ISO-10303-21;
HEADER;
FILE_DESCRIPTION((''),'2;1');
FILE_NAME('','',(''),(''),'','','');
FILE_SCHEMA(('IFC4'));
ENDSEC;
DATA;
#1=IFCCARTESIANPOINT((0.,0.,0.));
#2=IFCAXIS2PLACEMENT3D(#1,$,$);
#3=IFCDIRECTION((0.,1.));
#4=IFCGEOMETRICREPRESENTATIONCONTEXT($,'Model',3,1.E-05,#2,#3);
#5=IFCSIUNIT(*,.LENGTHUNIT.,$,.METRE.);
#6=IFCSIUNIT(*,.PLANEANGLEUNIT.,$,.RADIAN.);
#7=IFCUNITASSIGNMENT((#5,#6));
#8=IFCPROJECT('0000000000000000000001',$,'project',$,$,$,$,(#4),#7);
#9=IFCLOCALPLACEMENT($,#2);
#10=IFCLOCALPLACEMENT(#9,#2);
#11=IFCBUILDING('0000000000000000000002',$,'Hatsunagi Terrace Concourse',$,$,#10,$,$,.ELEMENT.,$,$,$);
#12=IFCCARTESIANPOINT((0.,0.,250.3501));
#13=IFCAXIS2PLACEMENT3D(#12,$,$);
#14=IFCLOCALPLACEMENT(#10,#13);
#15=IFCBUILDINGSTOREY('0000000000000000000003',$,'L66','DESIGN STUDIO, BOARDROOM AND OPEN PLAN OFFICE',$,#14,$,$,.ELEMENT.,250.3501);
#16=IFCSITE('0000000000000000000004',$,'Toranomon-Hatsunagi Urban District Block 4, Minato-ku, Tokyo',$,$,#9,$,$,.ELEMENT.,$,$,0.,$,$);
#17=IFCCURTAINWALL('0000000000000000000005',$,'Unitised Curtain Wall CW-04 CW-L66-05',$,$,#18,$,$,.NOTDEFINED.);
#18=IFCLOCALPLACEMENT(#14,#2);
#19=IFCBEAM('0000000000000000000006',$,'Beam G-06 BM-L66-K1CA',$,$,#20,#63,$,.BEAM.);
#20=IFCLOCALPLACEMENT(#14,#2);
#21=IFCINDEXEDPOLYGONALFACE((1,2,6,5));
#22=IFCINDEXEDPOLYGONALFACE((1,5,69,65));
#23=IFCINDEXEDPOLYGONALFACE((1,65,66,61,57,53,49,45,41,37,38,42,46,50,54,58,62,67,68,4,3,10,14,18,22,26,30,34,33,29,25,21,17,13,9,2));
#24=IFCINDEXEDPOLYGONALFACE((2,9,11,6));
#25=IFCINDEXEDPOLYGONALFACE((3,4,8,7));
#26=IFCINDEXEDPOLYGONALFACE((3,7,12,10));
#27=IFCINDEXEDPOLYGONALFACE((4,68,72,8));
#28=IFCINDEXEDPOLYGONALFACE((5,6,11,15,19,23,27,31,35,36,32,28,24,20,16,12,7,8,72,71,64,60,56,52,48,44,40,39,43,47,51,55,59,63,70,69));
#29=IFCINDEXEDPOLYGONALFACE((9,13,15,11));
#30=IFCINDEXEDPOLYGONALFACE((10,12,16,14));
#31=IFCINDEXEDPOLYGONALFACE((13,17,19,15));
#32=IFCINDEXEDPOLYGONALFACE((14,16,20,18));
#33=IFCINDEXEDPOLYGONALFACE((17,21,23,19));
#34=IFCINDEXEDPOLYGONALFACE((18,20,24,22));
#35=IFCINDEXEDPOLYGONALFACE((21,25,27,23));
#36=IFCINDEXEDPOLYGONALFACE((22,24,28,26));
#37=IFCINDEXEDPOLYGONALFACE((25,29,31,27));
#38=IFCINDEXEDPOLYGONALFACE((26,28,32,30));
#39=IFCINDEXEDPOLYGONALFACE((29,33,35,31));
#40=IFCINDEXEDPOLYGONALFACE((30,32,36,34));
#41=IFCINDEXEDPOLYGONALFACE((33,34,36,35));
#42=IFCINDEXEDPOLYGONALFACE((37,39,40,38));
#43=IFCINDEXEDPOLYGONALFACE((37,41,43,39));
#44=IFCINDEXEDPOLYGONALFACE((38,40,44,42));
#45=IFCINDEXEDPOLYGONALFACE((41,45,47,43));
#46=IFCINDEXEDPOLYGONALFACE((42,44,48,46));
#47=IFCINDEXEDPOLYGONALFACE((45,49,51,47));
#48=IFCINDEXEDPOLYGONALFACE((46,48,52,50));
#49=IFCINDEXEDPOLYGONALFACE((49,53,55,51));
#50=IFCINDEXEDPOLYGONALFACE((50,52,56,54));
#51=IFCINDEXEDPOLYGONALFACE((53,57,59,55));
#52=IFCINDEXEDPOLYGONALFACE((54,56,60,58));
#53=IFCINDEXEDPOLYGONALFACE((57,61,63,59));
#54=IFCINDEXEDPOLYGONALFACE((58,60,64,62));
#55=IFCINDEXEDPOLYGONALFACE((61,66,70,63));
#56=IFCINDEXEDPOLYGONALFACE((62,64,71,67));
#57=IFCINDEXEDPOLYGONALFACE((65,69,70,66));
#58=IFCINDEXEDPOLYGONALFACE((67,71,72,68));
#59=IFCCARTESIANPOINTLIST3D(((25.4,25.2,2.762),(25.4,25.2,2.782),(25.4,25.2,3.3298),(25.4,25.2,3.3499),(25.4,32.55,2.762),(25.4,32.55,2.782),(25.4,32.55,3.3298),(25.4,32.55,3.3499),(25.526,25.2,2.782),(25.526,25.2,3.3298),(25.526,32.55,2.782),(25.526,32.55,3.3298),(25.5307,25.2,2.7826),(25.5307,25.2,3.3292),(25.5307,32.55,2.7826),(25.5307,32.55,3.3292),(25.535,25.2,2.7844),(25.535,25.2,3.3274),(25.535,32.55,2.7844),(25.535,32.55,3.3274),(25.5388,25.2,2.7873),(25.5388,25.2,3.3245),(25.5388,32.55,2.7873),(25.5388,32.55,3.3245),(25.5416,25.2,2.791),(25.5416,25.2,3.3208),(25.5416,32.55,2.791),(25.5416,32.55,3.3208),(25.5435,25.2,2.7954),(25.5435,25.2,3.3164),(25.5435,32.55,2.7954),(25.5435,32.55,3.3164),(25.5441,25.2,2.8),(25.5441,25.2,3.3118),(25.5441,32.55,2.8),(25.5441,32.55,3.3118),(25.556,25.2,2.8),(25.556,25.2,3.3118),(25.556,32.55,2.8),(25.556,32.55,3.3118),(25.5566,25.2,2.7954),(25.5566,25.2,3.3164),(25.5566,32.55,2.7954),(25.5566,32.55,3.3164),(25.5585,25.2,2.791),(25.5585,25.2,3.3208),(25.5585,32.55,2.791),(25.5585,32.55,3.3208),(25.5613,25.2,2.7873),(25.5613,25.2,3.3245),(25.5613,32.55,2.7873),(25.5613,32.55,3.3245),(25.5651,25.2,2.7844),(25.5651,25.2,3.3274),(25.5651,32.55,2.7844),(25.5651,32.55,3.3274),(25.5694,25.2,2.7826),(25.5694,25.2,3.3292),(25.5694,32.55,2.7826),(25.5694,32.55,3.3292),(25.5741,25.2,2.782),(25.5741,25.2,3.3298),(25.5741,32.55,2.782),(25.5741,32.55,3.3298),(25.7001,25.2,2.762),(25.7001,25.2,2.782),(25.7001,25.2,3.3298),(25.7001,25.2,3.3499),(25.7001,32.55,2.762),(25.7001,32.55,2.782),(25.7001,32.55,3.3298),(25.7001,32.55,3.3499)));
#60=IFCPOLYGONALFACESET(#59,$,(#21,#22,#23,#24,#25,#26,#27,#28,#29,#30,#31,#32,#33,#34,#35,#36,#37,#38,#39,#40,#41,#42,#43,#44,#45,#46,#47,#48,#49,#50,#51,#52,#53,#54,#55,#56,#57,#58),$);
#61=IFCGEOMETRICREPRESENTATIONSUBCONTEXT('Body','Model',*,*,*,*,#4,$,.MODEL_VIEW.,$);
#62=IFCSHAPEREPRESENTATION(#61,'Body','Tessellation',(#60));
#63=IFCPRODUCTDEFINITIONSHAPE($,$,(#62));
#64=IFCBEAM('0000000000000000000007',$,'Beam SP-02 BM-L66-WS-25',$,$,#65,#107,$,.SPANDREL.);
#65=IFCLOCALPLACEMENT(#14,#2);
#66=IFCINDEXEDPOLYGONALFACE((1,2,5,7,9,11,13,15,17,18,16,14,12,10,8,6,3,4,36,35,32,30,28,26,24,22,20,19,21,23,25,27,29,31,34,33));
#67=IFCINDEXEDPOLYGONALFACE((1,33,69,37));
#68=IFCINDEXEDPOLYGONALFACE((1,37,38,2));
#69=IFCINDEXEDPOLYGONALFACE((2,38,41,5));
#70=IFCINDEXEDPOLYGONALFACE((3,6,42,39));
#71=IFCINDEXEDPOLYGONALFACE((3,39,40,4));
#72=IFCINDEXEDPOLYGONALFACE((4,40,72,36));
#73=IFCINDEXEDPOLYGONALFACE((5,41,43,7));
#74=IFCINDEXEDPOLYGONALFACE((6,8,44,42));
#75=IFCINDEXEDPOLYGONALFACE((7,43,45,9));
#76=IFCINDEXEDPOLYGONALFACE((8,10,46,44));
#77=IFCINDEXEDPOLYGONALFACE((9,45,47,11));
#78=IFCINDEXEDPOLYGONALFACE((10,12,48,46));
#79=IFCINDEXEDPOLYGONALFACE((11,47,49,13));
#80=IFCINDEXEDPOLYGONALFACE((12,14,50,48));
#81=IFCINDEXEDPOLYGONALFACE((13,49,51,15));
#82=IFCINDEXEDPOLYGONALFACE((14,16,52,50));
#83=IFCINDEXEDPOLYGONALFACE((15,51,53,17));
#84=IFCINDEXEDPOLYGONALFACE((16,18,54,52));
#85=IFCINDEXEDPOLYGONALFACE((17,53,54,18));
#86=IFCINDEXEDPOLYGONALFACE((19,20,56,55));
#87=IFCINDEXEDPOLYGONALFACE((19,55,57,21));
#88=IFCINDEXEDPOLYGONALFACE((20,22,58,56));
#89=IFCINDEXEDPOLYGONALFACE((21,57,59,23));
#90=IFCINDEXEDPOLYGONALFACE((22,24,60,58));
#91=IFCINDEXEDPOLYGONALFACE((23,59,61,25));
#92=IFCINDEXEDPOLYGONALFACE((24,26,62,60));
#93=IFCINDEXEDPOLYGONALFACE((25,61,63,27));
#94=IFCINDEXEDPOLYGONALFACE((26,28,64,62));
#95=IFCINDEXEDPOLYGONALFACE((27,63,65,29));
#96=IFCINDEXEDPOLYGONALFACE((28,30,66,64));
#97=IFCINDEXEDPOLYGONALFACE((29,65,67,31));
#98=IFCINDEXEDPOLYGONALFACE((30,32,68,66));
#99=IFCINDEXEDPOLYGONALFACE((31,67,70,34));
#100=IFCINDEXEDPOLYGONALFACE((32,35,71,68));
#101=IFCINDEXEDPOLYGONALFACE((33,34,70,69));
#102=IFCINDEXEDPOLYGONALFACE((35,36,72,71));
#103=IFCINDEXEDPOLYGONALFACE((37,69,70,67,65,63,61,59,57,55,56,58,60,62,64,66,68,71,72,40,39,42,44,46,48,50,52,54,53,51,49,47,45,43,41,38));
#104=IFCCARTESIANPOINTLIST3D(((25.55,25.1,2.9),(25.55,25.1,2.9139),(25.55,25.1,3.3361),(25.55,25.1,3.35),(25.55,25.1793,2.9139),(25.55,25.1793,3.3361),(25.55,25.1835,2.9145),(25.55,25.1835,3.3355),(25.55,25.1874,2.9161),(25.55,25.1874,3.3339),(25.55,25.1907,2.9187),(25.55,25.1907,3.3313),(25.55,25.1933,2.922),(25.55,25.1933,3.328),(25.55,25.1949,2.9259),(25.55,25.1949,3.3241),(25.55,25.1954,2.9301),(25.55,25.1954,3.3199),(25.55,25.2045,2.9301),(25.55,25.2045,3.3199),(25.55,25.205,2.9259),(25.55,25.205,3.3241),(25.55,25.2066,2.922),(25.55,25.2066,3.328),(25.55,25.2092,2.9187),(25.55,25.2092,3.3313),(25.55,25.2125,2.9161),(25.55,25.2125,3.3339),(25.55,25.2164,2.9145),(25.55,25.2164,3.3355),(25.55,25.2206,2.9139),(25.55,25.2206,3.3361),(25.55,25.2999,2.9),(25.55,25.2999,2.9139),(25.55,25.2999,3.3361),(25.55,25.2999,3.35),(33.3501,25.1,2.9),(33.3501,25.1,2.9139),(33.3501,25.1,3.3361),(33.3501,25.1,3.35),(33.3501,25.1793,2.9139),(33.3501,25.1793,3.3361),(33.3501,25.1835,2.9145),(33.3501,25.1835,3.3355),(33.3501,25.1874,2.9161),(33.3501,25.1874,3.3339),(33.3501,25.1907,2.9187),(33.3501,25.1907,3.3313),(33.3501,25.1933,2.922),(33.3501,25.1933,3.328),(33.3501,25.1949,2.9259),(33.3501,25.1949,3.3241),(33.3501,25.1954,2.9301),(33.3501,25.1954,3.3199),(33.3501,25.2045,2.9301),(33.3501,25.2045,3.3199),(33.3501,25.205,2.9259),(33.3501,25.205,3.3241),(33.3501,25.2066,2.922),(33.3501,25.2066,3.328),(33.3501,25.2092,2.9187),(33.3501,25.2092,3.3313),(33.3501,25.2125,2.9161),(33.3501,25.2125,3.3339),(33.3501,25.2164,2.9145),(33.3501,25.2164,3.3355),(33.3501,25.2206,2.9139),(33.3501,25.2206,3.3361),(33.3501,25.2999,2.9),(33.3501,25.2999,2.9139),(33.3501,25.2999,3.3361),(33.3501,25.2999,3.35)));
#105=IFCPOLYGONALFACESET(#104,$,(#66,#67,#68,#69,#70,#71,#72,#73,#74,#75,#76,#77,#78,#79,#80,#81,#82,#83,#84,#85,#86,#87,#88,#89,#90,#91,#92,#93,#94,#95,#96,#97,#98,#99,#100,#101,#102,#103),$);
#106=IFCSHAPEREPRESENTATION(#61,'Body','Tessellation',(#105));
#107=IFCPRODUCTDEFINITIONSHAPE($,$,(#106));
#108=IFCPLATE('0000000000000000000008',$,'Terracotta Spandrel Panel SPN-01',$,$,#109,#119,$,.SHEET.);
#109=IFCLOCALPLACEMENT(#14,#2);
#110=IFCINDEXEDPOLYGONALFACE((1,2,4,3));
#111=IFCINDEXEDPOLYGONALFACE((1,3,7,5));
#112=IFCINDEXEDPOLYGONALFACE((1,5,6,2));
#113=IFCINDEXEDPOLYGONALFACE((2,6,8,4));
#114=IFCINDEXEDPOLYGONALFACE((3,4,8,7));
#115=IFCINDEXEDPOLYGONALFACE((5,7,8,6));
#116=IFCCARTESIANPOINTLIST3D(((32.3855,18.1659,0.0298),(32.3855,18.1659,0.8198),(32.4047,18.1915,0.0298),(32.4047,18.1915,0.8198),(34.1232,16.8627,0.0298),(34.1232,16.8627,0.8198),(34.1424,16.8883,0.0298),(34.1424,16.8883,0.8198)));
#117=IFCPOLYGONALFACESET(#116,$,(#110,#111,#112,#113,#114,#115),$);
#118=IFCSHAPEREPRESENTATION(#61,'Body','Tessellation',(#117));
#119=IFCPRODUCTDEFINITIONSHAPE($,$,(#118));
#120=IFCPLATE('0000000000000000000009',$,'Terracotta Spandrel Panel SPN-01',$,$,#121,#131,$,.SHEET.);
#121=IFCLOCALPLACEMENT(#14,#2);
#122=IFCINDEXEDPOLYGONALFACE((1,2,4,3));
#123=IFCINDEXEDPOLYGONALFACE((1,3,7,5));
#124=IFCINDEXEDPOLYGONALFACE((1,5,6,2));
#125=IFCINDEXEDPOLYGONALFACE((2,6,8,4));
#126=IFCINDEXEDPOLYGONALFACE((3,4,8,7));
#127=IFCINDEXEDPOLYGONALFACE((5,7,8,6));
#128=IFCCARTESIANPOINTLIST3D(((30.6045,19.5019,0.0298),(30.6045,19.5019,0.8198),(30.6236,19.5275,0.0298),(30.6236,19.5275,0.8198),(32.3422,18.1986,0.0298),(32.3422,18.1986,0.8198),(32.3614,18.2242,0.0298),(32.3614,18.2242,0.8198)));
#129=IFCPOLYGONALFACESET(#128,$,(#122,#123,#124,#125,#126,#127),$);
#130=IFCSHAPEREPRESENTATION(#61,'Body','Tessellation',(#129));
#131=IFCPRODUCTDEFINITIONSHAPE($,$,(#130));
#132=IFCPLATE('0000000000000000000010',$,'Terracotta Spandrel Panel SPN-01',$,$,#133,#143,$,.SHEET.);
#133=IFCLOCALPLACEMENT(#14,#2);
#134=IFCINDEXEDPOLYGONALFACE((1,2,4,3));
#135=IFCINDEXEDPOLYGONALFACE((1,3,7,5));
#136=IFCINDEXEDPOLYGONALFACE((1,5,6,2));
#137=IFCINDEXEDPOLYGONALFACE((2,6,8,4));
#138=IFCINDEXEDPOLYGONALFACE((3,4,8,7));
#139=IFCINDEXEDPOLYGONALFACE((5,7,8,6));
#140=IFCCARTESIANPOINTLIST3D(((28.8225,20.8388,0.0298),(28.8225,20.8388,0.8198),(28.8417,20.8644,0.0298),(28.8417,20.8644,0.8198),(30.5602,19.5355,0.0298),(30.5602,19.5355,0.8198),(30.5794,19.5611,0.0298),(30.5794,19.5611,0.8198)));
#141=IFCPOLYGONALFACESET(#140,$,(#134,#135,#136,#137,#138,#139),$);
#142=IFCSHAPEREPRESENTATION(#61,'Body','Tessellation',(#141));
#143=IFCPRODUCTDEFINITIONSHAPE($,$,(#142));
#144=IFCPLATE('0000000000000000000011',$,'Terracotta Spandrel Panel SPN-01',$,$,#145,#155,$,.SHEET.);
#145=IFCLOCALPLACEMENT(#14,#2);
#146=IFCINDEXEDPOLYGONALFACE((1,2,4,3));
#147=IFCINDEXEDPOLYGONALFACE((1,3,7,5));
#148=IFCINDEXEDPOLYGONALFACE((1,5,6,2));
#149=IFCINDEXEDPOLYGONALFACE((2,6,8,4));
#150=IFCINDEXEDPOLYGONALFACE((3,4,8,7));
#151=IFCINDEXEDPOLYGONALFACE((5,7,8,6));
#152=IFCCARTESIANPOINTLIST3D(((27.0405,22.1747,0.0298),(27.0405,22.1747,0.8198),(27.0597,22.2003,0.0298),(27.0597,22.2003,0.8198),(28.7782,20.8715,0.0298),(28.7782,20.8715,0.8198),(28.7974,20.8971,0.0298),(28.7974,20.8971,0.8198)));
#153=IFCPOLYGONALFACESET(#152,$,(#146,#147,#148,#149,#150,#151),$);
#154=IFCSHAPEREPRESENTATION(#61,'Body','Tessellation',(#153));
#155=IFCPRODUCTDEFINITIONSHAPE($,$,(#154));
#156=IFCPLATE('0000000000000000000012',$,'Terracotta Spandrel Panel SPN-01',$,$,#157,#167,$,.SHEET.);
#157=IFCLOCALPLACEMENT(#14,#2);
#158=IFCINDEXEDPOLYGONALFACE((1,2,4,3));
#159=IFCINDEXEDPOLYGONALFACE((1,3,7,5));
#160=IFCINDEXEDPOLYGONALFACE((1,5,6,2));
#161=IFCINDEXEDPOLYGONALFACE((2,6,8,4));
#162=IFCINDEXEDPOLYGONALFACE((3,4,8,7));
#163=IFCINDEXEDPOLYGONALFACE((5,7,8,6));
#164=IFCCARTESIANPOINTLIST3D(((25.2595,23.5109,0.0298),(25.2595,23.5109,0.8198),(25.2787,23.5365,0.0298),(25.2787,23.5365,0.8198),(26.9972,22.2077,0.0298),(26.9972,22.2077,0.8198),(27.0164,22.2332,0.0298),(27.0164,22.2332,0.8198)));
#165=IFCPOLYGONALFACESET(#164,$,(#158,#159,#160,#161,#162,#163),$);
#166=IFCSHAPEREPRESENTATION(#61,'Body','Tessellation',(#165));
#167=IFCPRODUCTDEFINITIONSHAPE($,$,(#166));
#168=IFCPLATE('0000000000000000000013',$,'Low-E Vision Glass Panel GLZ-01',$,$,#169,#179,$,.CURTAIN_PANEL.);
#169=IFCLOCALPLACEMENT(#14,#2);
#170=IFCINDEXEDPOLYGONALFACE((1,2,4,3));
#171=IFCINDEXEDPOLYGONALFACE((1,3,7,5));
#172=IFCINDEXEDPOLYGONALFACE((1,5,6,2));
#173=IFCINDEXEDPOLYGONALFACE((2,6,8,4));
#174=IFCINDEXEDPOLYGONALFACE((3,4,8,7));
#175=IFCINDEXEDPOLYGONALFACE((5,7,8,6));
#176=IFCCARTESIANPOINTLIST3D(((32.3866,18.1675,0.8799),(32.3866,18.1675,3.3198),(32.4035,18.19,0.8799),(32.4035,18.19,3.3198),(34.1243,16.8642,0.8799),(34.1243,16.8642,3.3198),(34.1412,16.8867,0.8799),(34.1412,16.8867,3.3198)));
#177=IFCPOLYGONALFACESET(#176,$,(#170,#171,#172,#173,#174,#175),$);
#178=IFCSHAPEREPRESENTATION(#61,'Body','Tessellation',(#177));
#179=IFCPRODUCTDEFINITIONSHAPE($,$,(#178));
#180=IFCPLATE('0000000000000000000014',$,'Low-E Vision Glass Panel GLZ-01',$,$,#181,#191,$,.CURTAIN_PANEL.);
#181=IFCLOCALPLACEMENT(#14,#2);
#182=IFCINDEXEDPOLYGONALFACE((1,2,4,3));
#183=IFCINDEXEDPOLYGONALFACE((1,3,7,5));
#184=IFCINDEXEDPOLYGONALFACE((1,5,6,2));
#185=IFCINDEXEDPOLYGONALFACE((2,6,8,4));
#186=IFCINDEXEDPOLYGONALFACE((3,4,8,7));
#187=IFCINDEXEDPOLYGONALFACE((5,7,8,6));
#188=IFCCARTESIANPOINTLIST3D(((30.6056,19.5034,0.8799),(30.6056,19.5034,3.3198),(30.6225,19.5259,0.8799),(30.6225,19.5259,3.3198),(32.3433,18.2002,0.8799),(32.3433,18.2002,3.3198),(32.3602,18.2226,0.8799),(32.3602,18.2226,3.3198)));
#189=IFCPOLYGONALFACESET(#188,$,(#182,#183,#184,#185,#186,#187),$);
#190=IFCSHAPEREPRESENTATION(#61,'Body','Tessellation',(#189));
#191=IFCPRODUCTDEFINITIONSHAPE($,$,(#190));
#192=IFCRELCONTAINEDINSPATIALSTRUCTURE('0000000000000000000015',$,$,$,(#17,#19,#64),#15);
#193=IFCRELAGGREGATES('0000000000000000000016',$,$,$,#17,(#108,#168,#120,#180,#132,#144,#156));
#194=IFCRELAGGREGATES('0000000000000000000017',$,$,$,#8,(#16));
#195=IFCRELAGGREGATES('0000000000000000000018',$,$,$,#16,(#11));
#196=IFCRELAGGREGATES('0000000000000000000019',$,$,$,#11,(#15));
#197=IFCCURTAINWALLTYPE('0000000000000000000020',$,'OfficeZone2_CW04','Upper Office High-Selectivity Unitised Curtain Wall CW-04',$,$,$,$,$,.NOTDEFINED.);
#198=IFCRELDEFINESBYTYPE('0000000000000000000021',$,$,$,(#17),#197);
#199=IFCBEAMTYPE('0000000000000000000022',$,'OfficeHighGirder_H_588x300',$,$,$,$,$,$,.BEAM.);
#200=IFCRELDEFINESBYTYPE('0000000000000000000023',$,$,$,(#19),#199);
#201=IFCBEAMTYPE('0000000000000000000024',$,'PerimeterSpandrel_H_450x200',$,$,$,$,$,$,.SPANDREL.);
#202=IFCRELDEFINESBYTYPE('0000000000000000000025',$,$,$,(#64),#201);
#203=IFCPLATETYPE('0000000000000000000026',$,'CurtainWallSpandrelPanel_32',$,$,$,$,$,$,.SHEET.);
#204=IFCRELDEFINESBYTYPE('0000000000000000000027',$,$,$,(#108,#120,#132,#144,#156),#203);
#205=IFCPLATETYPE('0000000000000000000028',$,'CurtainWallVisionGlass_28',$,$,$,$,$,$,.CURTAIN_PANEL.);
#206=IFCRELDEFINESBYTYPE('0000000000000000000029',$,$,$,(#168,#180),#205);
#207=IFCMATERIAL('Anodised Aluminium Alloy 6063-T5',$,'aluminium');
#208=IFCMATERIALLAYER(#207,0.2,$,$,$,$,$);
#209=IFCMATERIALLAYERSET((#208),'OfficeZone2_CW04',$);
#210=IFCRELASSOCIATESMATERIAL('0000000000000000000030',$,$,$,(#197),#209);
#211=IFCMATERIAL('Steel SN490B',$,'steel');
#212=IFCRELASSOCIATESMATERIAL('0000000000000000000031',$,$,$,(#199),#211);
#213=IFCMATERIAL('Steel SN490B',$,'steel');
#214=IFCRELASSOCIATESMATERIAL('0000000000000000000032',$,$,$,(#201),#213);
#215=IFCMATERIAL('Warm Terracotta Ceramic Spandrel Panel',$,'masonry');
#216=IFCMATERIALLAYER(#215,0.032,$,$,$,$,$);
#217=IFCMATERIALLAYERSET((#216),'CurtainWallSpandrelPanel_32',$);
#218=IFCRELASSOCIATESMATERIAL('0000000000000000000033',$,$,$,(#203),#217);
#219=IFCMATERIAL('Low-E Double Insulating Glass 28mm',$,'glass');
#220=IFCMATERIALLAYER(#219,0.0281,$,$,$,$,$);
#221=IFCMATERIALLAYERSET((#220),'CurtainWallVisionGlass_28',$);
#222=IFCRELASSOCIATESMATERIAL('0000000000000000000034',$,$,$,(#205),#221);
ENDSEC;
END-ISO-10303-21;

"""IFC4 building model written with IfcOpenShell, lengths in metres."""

from ifc_helpers import new_model, si_unit, direction, frame, origin, origin_2d, place, context, subcontext, project, spatial, rectangle, i_section, extrude, material, layer, layer_set, material_profile, profile_set, type_object, element, aggregate, save


model = new_model("IFC4")

# Units and contexts
model_context = context("Model", 3, precision=1e-05, world=origin(), true_north=direction((0.0, 1.0)))
body_context = subcontext(model_context, "Body", "Model", "MODEL_VIEW")
ifc_project = project(units=[si_unit("LENGTHUNIT", "METRE"), si_unit("PLANEANGLEUNIT", "RADIAN")], contexts=[model_context])

# Site, building, storey
site_placement = place(None, origin())
site = spatial("IfcSite", under=ifc_project, at=site_placement, Name="Toranomon-Hatsunagi Urban District Block 4, Minato-ku, Tokyo", CompositionType="ELEMENT", RefElevation=0.0)
building_placement = place(site_placement, origin())
building = spatial("IfcBuilding", under=site, at=building_placement, Name="Hatsunagi Terrace Concourse", CompositionType="ELEMENT")
storey_placement = place(building_placement, frame((0.0, 0.0, 250.3501)))
storey = spatial("IfcBuildingStorey", under=building, at=storey_placement, Name="L66", Description="DESIGN STUDIO, BOARDROOM AND OPEN PLAN OFFICE", CompositionType="ELEMENT", Elevation=250.3501)

# Curtain wall
ifc_material_1 = material(Name="Anodised Aluminium Alloy 6063-T5", Category="aluminium")
ifc_layer_1 = layer(ifc_material_1, 0.2)
ifc_layer_set_1 = layer_set([ifc_layer_1], Name="OfficeZone2_CW04")
curtain_wall_type = type_object("IfcCurtainWallType", Name="OfficeZone2_CW04", Description="Upper Office High-Selectivity Unitised Curtain Wall CW-04", PredefinedType="NOTDEFINED", material=ifc_layer_set_1)
curtain_wall_1_placement = place(storey_placement, origin())
curtain_wall_1 = element("IfcCurtainWall", 1, at=curtain_wall_1_placement, inside=storey, type_object=curtain_wall_type, Name="Unitised Curtain Wall CW-04 CW-L66-05", PredefinedType="NOTDEFINED")

# Beams
ifc_material_2 = material(Name="Steel SN490B", Category="steel")
ifc_material_profile_1 = material_profile(ifc_material_2, i_section(OverallWidth=0.3, OverallDepth=0.5879, WebThickness=0.012, FlangeThickness=0.02, FilletRadius=0.0181, at=origin_2d()), Name="H-588x300x12x20")
ifc_profile_set_1 = profile_set([ifc_material_profile_1], Name="Steel SN490B")
beam_type_1 = type_object("IfcBeamType", Name="OfficeHighGirder_H_588x300", PredefinedType="BEAM", material=ifc_profile_set_1)
beam_1_placement = place(storey_placement, frame((25.55, 25.2, 3.0559), z_axis=(0.0, 1.0, 0.0), x_axis=(-1.0, 0.0, 0.0)))
element("IfcBeam", 2, at=beam_1_placement, inside=storey, type_object=beam_type_1, Name="Beam G-06 BM-L66-K1CA", PredefinedType="BEAM", context=body_context, shape_type="SweptSolid", body=[
    extrude(i_section(OverallWidth=0.3, OverallDepth=0.5879, WebThickness=0.012, FlangeThickness=0.02, FilletRadius=0.0181, at=origin_2d()), origin(), (0.0, 0.0, 1.0), 7.3501),
])
ifc_material_3 = material(Name="Steel SN490B", Category="steel")
ifc_material_profile_2 = material_profile(ifc_material_3, i_section(OverallWidth=0.2, OverallDepth=0.45, WebThickness=0.009, FlangeThickness=0.0139, FilletRadius=0.0161, at=origin_2d()), Name="H-450x200x9x14")
ifc_profile_set_2 = profile_set([ifc_material_profile_2], Name="Steel SN490B")
beam_type_2 = type_object("IfcBeamType", Name="PerimeterSpandrel_H_450x200", PredefinedType="SPANDREL", material=ifc_profile_set_2)
beam_2_placement = place(storey_placement, frame((25.55, 25.2, 3.125), z_axis=(1.0, 0.0, 0.0), x_axis=(0.0, 1.0, 0.0)))
element("IfcBeam", 3, at=beam_2_placement, inside=storey, type_object=beam_type_2, Name="Beam SP-02 BM-L66-WS-25", PredefinedType="SPANDREL", context=body_context, shape_type="SweptSolid", body=[
    extrude(i_section(OverallWidth=0.2, OverallDepth=0.45, WebThickness=0.009, FlangeThickness=0.0139, FilletRadius=0.0161, at=origin_2d()), origin(), (0.0, 0.0, 1.0), 7.8),
])

# Plates
ifc_material_4 = material(Name="Warm Terracotta Ceramic Spandrel Panel", Category="masonry")
ifc_layer_2 = layer(ifc_material_4, 0.032)
ifc_layer_set_2 = layer_set([ifc_layer_2], Name="CurtainWallSpandrelPanel_32")
plate_type_1 = type_object("IfcPlateType", Name="CurtainWallSpandrelPanel_32", PredefinedType="SHEET", material=ifc_layer_set_2)
plate_1_placement = place(storey_placement, frame((33.2639, 17.5271, 0.0298), z_axis=(0.0, 0.0, 1.0), x_axis=(-0.800007, 0.59999, 0.0)))
plate_1 = element("IfcPlate", 4, at=plate_1_placement, type_object=plate_type_1, Name="Terracotta Spandrel Panel SPN-01", PredefinedType="SHEET", context=body_context, shape_type="SweptSolid", body=[
    extrude(rectangle(XDim=2.1721, YDim=0.032, at=origin_2d()), origin(), (0.0, 0.0, 1.0), 0.79),
])
plate_2_placement = place(storey_placement, frame((31.4829, 18.863, 0.0298), z_axis=(0.0, 0.0, 1.0), x_axis=(-0.800007, 0.59999, 0.0)))
plate_2 = element("IfcPlate", 5, at=plate_2_placement, type_object=plate_type_1, Name="Terracotta Spandrel Panel SPN-01", PredefinedType="SHEET", context=body_context, shape_type="SweptSolid", body=[
    extrude(rectangle(XDim=2.1721, YDim=0.032, at=origin_2d()), origin(), (0.0, 0.0, 1.0), 0.79),
])
plate_3_placement = place(storey_placement, frame((29.7009, 20.2, 0.0298), z_axis=(0.0, 0.0, 1.0), x_axis=(-0.800007, 0.59999, 0.0)))
plate_3 = element("IfcPlate", 6, at=plate_3_placement, type_object=plate_type_1, Name="Terracotta Spandrel Panel SPN-01", PredefinedType="SHEET", context=body_context, shape_type="SweptSolid", body=[
    extrude(rectangle(XDim=2.1721, YDim=0.032, at=origin_2d()), origin(), (0.0, 0.0, 1.0), 0.79),
])
plate_4_placement = place(storey_placement, frame((27.9189, 21.5359, 0.0298), z_axis=(0.0, 0.0, 1.0), x_axis=(-0.800007, 0.59999, 0.0)))
plate_4 = element("IfcPlate", 7, at=plate_4_placement, type_object=plate_type_1, Name="Terracotta Spandrel Panel SPN-01", PredefinedType="SHEET", context=body_context, shape_type="SweptSolid", body=[
    extrude(rectangle(XDim=2.1721, YDim=0.032, at=origin_2d()), origin(), (0.0, 0.0, 1.0), 0.79),
])
plate_5_placement = place(storey_placement, frame((26.1379, 22.8721, 0.0298), z_axis=(0.0, 0.0, 1.0), x_axis=(-0.800007, 0.59999, 0.0)))
plate_5 = element("IfcPlate", 8, at=plate_5_placement, type_object=plate_type_1, Name="Terracotta Spandrel Panel SPN-01", PredefinedType="SHEET", context=body_context, shape_type="SweptSolid", body=[
    extrude(rectangle(XDim=2.1721, YDim=0.032, at=origin_2d()), origin(), (0.0, 0.0, 1.0), 0.79),
])
ifc_material_5 = material(Name="Low-E Double Insulating Glass 28mm", Category="glass")
ifc_layer_3 = layer(ifc_material_5, 0.0281)
ifc_layer_set_3 = layer_set([ifc_layer_3], Name="CurtainWallVisionGlass_28")
plate_type_2 = type_object("IfcPlateType", Name="CurtainWallVisionGlass_28", PredefinedType="CURTAIN_PANEL", material=ifc_layer_set_3)
plate_6_placement = place(storey_placement, frame((33.2639, 17.5271, 0.8799), z_axis=(0.0, 0.0, 1.0), x_axis=(-0.800007, 0.59999, 0.0)))
plate_6 = element("IfcPlate", 9, at=plate_6_placement, type_object=plate_type_2, Name="Low-E Vision Glass Panel GLZ-01", PredefinedType="CURTAIN_PANEL", context=body_context, shape_type="SweptSolid", body=[
    extrude(rectangle(XDim=2.1721, YDim=0.0281, at=origin_2d()), origin(), (0.0, 0.0, 1.0), 2.4399),
])
plate_7_placement = place(storey_placement, frame((31.4829, 18.863, 0.8799), z_axis=(0.0, 0.0, 1.0), x_axis=(-0.800007, 0.59999, 0.0)))
plate_7 = element("IfcPlate", 10, at=plate_7_placement, type_object=plate_type_2, Name="Low-E Vision Glass Panel GLZ-01", PredefinedType="CURTAIN_PANEL", context=body_context, shape_type="SweptSolid", body=[
    extrude(rectangle(XDim=2.1721, YDim=0.0281, at=origin_2d()), origin(), (0.0, 0.0, 1.0), 2.4399),
])
aggregate(curtain_wall_1, [plate_1, plate_6, plate_2, plate_7, plate_3, plate_4, plate_5])

save(model, "model.ifc")
